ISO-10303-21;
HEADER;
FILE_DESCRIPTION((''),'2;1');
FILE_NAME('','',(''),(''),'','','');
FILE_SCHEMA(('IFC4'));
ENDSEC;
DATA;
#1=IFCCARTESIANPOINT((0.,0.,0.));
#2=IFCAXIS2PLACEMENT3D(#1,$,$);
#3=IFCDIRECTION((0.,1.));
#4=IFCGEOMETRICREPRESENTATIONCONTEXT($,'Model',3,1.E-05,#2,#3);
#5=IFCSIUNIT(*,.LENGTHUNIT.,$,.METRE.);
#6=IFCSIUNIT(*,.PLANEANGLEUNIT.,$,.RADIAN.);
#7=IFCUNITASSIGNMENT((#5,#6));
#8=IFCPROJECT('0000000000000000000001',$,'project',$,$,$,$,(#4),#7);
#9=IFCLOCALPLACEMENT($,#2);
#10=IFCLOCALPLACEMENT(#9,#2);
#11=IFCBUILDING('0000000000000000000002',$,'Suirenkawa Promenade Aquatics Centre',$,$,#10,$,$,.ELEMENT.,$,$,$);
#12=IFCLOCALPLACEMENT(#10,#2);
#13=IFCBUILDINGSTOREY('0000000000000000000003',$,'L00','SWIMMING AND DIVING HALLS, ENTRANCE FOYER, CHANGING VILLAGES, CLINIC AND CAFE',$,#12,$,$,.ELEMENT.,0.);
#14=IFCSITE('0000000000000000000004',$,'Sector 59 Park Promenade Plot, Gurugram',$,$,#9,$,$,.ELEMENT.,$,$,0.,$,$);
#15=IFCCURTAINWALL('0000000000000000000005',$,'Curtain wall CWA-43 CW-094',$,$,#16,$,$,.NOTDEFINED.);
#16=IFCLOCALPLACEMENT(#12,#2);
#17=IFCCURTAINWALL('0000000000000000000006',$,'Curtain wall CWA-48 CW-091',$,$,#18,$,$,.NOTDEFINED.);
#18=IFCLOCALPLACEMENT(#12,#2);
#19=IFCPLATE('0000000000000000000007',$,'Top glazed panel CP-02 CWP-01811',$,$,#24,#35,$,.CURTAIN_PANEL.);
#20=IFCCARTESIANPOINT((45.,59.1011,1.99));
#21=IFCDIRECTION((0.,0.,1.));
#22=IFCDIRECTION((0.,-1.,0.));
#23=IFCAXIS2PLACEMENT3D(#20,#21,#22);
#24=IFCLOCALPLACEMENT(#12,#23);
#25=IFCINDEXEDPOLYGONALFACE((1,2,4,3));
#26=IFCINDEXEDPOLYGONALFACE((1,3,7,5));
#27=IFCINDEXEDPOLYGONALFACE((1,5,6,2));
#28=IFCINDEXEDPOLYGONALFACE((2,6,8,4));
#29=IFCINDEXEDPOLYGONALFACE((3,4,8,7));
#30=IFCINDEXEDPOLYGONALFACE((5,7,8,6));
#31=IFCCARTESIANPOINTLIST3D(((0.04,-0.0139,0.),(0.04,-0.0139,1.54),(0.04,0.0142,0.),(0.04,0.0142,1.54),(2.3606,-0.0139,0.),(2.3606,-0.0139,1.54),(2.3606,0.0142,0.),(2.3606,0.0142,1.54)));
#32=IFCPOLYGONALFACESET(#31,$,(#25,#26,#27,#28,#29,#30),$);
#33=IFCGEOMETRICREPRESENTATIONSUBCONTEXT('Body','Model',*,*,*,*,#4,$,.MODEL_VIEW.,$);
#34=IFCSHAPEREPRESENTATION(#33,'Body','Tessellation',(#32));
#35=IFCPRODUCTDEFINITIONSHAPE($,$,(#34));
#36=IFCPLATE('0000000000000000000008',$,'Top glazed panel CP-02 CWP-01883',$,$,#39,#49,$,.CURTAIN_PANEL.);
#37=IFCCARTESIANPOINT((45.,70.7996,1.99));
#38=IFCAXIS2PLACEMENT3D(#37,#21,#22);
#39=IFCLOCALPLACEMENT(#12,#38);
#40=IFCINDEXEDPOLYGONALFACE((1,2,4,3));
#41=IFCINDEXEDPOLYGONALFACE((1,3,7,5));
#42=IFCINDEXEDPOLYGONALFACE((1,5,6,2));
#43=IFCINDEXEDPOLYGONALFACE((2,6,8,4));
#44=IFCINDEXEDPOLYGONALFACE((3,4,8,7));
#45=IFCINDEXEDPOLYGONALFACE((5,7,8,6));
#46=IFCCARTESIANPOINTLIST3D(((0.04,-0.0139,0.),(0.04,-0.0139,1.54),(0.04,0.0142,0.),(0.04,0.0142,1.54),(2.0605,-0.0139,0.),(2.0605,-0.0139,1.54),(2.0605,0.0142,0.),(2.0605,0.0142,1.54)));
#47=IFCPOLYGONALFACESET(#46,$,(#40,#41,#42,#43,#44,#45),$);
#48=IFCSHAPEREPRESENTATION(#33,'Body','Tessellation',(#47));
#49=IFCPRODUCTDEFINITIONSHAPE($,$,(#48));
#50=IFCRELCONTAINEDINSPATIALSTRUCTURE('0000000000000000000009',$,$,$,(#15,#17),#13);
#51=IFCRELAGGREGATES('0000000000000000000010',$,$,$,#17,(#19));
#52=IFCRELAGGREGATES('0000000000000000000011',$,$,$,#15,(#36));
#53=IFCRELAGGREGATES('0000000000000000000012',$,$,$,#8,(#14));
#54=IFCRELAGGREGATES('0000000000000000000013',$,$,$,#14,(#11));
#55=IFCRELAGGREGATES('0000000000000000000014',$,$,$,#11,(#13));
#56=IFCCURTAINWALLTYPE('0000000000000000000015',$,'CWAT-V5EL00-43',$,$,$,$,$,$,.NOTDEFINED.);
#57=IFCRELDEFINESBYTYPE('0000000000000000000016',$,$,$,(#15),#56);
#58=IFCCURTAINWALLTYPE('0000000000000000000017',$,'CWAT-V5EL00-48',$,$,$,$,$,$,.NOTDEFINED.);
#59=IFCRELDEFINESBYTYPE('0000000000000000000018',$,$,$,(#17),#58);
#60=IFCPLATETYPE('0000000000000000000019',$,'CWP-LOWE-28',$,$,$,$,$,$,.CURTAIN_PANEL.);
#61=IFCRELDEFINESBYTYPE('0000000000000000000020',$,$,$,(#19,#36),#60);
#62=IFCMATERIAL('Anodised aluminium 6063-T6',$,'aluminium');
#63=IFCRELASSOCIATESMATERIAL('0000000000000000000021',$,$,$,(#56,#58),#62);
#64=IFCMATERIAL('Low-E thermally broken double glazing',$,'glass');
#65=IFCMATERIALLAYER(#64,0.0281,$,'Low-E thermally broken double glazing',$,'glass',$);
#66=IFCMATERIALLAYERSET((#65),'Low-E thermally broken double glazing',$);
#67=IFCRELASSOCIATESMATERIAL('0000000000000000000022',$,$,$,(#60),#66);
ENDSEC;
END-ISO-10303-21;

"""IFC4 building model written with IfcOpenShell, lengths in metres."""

from ifc_helpers import new_model, si_unit, direction, frame, origin, place, context, subcontext, project, spatial, polyline, outline, extrude, material, layer, layer_set, type_object, element, aggregate, save


model = new_model("IFC4")

# Units and contexts
model_context = context("Model", 3, precision=1e-05, world=origin(), true_north=direction((0.0, 1.0)))
body_context = subcontext(model_context, "Body", "Model", "MODEL_VIEW")
ifc_project = project(units=[si_unit("LENGTHUNIT", "METRE"), si_unit("PLANEANGLEUNIT", "RADIAN")], contexts=[model_context])

# Site, building, storey
site_placement = place(None, origin())
site = spatial("IfcSite", under=ifc_project, at=site_placement, Name="Sector 59 Park Promenade Plot, Gurugram", CompositionType="ELEMENT", RefElevation=0.0)
building_placement = place(site_placement, origin())
building = spatial("IfcBuilding", under=site, at=building_placement, Name="Suirenkawa Promenade Aquatics Centre", CompositionType="ELEMENT")
storey_placement = place(building_placement, origin())
storey = spatial("IfcBuildingStorey", under=building, at=storey_placement, Name="L00", Description="SWIMMING AND DIVING HALLS, ENTRANCE FOYER, CHANGING VILLAGES, CLINIC AND CAFE", CompositionType="ELEMENT", Elevation=0.0)

# Curtain walls
ifc_material_1 = material(Name="Anodised aluminium 6063-T6", Category="aluminium")
curtain_wall_type_1 = type_object("IfcCurtainWallType", Name="CWAT-V5EL00-43", PredefinedType="NOTDEFINED", material=ifc_material_1)
curtain_wall_1_placement = place(storey_placement, origin())
curtain_wall_1 = element("IfcCurtainWall", 1, at=curtain_wall_1_placement, inside=storey, type_object=curtain_wall_type_1, Name="Curtain wall CWA-43 CW-094", PredefinedType="NOTDEFINED")
curtain_wall_type_2 = type_object("IfcCurtainWallType", Name="CWAT-V5EL00-48", PredefinedType="NOTDEFINED", material=ifc_material_1)
curtain_wall_2_placement = place(storey_placement, origin())
curtain_wall_2 = element("IfcCurtainWall", 2, at=curtain_wall_2_placement, inside=storey, type_object=curtain_wall_type_2, Name="Curtain wall CWA-48 CW-091", PredefinedType="NOTDEFINED")

# Plates
ifc_material_2 = material(Name="Low-E thermally broken double glazing", Category="glass")
ifc_layer_1 = layer(ifc_material_2, 0.0281, Name="Low-E thermally broken double glazing", Category="glass")
ifc_layer_set_1 = layer_set([ifc_layer_1], Name="Low-E thermally broken double glazing")
plate_type = type_object("IfcPlateType", Name="CWP-LOWE-28", PredefinedType="CURTAIN_PANEL", material=ifc_layer_set_1)
plate_1_placement = place(storey_placement, frame((45.0, 59.1011, 1.99), z_axis=(0.0, 0.0, 1.0), x_axis=(0.0, -1.0, 0.0)))
plate_1 = element("IfcPlate", 3, at=plate_1_placement, type_object=plate_type, Name="Top glazed panel CP-02 CWP-01811", PredefinedType="CURTAIN_PANEL", context=body_context, shape_type="SweptSolid", body=[
    extrude(outline(polyline([(0.04, 0.0), (2.3606, 0.0), (2.3606, 1.54), (0.04, 1.54), (0.04, 0.0)])), frame((0.0, 0.0142, 0.0), z_axis=(0.0, -1.0, 0.0), x_axis=(1.0, 0.0, 0.0)), (0.0, 0.0, 1.0), 0.0281),
])
aggregate(curtain_wall_2, [plate_1])
plate_2_placement = place(storey_placement, frame((45.0, 70.7996, 1.99), z_axis=(0.0, 0.0, 1.0), x_axis=(0.0, -1.0, 0.0)))
plate_2 = element("IfcPlate", 4, at=plate_2_placement, type_object=plate_type, Name="Top glazed panel CP-02 CWP-01883", PredefinedType="CURTAIN_PANEL", context=body_context, shape_type="SweptSolid", body=[
    extrude(outline(polyline([(0.04, 0.0), (2.0605, 0.0), (2.0605, 1.54), (0.04, 1.54), (0.04, 0.0)])), frame((0.0, 0.0142, 0.0), z_axis=(0.0, -1.0, 0.0), x_axis=(1.0, 0.0, 0.0)), (0.0, 0.0, 1.0), 0.0281),
])
aggregate(curtain_wall_1, [plate_2])

save(model, "model.ifc")
